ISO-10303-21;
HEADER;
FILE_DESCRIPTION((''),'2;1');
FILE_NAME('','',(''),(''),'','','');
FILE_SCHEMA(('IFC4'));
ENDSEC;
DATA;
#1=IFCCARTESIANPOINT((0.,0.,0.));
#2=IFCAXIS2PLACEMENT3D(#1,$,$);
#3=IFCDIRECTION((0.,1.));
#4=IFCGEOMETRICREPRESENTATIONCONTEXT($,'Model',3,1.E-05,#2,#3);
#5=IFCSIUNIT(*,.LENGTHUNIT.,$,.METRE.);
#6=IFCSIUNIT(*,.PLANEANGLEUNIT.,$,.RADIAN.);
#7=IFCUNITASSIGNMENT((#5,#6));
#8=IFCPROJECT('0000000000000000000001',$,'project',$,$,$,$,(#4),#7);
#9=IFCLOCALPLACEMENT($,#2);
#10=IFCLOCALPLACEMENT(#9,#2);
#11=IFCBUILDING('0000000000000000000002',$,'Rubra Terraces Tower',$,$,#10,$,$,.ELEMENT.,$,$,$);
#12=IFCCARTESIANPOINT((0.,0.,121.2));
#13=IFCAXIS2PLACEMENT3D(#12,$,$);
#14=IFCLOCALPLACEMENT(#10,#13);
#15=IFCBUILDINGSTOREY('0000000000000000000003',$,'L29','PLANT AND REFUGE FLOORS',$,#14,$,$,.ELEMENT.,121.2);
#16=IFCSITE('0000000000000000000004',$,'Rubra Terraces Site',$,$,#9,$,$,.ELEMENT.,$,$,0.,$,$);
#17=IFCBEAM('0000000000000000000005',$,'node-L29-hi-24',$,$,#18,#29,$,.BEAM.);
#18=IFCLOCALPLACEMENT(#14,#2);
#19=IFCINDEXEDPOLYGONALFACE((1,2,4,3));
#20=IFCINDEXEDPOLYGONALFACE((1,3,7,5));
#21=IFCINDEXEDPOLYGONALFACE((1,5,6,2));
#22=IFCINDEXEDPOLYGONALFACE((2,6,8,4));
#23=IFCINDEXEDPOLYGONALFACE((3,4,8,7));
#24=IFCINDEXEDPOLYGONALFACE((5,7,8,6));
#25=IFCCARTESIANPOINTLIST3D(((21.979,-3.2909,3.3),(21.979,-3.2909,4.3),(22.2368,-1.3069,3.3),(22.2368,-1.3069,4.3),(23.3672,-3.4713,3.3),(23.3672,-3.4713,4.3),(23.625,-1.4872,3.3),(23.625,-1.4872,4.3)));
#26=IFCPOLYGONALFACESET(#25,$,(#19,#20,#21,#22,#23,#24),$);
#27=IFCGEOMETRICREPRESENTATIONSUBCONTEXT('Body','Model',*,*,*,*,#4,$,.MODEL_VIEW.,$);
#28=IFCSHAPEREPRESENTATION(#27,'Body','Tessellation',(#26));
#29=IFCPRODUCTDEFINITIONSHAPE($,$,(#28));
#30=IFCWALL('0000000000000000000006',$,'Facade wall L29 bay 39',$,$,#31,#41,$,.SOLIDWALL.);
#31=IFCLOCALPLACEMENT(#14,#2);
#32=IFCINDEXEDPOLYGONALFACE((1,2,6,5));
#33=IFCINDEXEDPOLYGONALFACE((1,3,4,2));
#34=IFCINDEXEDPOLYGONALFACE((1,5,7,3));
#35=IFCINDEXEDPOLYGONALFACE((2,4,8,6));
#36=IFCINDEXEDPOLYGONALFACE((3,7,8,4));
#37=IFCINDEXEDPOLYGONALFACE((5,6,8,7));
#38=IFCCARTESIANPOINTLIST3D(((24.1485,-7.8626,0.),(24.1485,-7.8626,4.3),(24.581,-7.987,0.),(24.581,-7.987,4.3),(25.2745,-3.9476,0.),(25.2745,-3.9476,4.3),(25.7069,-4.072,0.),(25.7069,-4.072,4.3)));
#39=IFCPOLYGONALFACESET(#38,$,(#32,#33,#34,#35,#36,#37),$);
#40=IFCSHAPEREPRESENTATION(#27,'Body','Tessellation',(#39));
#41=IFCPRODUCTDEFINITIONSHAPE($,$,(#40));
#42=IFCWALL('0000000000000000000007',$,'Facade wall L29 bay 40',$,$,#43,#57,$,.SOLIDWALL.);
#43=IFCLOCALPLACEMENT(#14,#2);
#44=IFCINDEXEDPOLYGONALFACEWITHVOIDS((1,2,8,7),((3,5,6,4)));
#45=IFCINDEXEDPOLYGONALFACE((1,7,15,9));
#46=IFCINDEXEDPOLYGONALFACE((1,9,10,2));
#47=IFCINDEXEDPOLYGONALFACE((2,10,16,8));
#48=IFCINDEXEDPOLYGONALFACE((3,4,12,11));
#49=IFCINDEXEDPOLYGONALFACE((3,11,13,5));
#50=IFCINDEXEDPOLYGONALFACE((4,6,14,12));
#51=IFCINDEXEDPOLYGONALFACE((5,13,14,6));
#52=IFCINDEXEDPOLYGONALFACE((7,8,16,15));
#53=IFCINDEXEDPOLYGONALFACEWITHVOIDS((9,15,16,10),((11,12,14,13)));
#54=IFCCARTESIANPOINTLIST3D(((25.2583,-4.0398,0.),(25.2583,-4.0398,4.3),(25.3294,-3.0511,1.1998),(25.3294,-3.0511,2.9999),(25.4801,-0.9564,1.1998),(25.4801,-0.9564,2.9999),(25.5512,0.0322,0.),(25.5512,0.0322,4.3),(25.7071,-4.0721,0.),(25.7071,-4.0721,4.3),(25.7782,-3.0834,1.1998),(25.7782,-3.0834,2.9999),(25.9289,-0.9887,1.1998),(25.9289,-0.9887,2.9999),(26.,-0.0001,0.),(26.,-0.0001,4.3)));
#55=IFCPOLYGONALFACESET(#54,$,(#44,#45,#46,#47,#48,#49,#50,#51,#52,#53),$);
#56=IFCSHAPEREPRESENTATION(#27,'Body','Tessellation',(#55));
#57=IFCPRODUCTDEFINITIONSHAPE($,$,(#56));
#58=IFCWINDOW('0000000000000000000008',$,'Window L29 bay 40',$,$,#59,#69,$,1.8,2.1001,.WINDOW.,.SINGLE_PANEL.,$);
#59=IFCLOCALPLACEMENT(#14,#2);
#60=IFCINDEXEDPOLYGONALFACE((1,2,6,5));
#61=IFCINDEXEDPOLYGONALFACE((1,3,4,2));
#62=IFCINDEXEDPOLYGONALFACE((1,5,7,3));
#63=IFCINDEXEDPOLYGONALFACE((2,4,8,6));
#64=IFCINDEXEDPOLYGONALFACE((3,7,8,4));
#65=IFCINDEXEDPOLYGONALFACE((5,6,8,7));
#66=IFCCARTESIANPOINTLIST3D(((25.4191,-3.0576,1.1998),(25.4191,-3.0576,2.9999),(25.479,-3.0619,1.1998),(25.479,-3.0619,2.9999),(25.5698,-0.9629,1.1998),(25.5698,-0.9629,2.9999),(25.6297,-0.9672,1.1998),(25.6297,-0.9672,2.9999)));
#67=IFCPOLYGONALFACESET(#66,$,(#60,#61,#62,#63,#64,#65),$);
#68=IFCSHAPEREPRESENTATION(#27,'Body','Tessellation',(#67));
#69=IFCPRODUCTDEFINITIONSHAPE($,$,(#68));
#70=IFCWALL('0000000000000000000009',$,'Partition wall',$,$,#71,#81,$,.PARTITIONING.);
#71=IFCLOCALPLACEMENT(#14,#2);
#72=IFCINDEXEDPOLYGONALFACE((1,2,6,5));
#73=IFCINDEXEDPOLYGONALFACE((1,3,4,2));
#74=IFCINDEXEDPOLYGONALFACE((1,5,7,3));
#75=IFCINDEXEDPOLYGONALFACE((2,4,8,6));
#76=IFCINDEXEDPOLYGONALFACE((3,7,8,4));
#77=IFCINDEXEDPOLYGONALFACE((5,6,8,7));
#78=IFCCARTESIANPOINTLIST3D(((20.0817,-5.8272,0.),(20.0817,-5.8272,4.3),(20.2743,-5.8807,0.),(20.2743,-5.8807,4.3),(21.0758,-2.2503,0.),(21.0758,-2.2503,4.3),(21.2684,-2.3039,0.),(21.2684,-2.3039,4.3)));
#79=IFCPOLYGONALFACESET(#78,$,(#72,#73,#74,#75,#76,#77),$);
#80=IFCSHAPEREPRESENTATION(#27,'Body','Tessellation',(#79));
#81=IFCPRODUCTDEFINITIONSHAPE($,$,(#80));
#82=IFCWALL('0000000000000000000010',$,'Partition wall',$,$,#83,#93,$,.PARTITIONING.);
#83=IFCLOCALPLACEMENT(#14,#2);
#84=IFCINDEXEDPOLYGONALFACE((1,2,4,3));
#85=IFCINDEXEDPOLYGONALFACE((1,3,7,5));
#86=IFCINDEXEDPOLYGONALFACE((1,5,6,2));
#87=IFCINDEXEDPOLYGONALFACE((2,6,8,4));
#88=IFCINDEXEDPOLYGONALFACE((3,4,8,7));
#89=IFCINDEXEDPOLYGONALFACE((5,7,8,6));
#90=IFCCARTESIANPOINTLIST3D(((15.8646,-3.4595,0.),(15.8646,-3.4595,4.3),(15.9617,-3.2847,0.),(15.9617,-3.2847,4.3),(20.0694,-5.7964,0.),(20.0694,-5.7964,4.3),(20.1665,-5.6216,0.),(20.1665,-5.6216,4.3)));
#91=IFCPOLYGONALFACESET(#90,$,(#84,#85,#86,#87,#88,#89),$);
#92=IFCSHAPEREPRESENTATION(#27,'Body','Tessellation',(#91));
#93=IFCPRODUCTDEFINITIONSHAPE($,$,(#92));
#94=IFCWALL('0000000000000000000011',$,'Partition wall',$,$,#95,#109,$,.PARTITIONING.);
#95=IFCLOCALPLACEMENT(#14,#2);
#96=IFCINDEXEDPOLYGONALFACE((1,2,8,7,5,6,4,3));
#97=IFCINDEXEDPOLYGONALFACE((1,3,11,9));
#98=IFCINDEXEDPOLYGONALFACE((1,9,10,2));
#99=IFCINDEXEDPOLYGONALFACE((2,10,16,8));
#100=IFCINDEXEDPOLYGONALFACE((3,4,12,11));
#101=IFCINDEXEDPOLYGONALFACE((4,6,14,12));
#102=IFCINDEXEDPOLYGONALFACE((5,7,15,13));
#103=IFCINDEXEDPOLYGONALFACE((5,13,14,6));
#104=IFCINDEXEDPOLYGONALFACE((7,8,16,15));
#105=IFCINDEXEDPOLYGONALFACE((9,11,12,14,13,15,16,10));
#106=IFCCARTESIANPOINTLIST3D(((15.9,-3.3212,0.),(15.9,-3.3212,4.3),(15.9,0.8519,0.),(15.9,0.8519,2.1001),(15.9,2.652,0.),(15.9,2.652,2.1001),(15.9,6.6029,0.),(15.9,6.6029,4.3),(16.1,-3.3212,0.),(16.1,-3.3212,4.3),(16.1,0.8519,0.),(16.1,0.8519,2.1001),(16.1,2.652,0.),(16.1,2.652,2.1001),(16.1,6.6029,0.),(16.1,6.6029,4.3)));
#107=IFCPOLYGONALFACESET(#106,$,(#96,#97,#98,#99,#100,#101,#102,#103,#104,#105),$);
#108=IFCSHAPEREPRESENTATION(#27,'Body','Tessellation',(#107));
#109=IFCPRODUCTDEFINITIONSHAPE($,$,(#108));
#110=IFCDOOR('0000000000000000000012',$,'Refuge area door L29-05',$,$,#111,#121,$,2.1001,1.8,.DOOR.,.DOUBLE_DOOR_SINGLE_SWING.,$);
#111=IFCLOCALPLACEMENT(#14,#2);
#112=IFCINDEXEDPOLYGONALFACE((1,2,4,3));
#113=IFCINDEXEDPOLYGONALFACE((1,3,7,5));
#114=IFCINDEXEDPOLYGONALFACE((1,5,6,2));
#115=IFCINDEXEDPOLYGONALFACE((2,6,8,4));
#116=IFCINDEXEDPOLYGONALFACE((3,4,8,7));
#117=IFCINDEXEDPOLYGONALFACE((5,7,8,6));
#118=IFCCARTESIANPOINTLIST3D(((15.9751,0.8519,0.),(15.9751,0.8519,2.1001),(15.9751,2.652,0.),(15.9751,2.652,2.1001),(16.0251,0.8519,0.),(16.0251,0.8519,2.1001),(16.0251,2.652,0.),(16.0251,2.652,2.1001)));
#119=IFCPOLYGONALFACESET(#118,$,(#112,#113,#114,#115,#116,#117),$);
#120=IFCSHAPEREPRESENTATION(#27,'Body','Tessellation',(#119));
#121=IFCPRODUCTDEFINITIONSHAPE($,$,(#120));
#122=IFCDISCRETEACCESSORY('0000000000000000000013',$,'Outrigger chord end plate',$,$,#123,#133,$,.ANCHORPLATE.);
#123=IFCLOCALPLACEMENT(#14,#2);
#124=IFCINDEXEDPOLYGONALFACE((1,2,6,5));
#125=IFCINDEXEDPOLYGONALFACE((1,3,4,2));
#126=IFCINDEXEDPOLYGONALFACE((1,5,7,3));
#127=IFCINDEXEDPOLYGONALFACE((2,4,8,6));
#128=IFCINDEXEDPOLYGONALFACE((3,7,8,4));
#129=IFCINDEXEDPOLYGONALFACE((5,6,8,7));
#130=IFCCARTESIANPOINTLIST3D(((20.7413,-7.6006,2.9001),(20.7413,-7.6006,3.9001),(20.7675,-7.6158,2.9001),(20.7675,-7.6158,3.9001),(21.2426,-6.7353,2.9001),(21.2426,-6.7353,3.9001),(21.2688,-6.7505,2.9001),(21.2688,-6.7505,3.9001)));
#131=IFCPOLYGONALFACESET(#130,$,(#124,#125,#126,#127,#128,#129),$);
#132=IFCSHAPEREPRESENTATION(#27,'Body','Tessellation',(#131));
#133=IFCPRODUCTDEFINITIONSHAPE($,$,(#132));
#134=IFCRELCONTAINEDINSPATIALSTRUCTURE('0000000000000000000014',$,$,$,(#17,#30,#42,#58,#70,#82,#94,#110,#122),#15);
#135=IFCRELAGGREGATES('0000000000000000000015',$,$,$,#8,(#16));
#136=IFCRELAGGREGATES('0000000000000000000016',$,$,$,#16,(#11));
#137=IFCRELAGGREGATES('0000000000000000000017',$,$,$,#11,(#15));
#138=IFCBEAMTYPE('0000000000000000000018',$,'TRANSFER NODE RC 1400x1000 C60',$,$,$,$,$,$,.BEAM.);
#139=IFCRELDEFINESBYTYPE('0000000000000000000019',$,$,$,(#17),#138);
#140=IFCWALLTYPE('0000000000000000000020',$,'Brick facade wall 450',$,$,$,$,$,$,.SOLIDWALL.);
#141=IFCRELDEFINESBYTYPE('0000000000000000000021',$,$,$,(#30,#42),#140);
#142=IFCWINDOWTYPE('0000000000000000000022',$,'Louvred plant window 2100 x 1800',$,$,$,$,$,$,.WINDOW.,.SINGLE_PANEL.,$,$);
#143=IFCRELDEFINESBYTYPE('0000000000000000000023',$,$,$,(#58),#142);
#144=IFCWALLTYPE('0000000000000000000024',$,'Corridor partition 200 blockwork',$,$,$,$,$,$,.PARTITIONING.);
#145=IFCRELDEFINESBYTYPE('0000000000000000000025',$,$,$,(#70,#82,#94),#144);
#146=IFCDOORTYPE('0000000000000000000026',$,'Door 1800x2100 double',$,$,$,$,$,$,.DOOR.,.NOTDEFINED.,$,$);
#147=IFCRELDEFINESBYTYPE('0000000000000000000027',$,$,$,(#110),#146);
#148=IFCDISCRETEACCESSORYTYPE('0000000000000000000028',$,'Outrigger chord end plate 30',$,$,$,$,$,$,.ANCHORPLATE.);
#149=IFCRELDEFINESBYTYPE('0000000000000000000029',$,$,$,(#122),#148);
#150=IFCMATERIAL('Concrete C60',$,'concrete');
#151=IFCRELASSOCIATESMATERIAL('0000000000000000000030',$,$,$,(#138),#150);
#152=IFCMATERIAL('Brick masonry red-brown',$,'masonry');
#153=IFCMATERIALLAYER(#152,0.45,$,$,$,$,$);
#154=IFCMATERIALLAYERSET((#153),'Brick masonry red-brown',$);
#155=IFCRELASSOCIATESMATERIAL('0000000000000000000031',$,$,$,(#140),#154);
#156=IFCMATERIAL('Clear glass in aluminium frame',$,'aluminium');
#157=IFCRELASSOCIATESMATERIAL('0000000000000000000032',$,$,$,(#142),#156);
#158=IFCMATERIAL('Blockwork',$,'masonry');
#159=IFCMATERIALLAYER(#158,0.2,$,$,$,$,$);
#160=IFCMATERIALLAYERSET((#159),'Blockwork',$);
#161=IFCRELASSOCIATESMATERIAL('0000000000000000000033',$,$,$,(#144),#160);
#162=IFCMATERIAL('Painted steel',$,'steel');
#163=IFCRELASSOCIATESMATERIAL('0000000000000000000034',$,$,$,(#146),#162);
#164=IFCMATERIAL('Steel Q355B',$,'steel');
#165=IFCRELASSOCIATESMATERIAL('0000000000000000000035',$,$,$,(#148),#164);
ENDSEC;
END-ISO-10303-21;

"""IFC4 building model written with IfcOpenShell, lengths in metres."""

from ifc_helpers import new_model, si_unit, direction, frame, frame_2d, origin, origin_2d, place, context, subcontext, project, spatial, rectangle, extrude, material, layer, layer_set, material_profile, profile_set, type_object, element, fill, save


model = new_model("IFC4")

# Units and contexts
model_context = context("Model", 3, precision=1e-05, world=origin(), true_north=direction((0.0, 1.0)))
body_context = subcontext(model_context, "Body", "Model", "MODEL_VIEW")
ifc_project = project(units=[si_unit("LENGTHUNIT", "METRE"), si_unit("PLANEANGLEUNIT", "RADIAN")], contexts=[model_context])

# Site, building, storey
site_placement = place(None, origin())
site = spatial("IfcSite", under=ifc_project, at=site_placement, Name="Rubra Terraces Site", CompositionType="ELEMENT", RefElevation=0.0)
building_placement = place(site_placement, origin())
building = spatial("IfcBuilding", under=site, at=building_placement, Name="Rubra Terraces Tower", CompositionType="ELEMENT")
storey_placement = place(building_placement, frame((0.0, 0.0, 121.2)))
storey = spatial("IfcBuildingStorey", under=building, at=storey_placement, Name="L29", Description="PLANT AND REFUGE FLOORS", CompositionType="ELEMENT", Elevation=121.2)

# Shared definitions
ifc_material_1 = material(Name="Concrete C60", Category="concrete")

# Shared definitions
ifc_material_2 = material(Name="Steel Q355B", Category="steel")

# Beam
ifc_material_profile_1 = material_profile(ifc_material_1, rectangle(XDim=1.3999, YDim=1.0, at=origin_2d()), Name="RC 1400x1000")
ifc_profile_set_1 = profile_set([ifc_material_profile_1], Name="Concrete C60")
beam_type_1 = type_object("IfcBeamType", Name="TRANSFER NODE RC 1400x1000 C60", PredefinedType="BEAM", material=ifc_profile_set_1)
beam_1_placement = place(storey_placement, frame((22.6731, -3.3811, 3.8), z_axis=(0.128854, 0.991664, 0.0), x_axis=(-0.991664, 0.128854, 0.0)))
element("IfcBeam", 1, at=beam_1_placement, inside=storey, type_object=beam_type_1, Name="node-L29-hi-24", PredefinedType="BEAM", context=body_context, shape_type="SweptSolid", body=[
    extrude(rectangle(XDim=1.3999, YDim=1.0, at=origin_2d()), origin(), (0.0, 0.0, 1.0), 2.0007),
])

# Wall
ifc_material_3 = material(Name="Brick masonry red-brown", Category="masonry")
ifc_layer_1 = layer(ifc_material_3, 0.45)
ifc_layer_set_1 = layer_set([ifc_layer_1], Name="Brick masonry red-brown")
wall_type_1 = type_object("IfcWallType", Name="Brick facade wall 450", PredefinedType="SOLIDWALL", material=ifc_layer_set_1)
wall_1_placement = place(storey_placement, frame((24.3647, -7.9248, 0.0), z_axis=(0.0, 0.0, 1.0), x_axis=(0.276399, 0.961043, 0.0)))
element("IfcWall", 2, at=wall_1_placement, inside=storey, type_object=wall_type_1, Name="Facade wall L29 bay 39", PredefinedType="SOLIDWALL", context=body_context, shape_type="SweptSolid", body=[
    extrude(rectangle(XDim=4.0737, YDim=0.45, at=frame_2d((2.0369, 0.0))), origin(), (0.0, 0.0, 1.0), 4.3),
])

# Wall, opening, window
wall_2_placement = place(storey_placement, frame((25.4827, -4.0559, 0.0), z_axis=(0.0, 0.0, 1.0), x_axis=(0.071761, 0.997422, 0.0)))
wall_2 = element("IfcWall", 3, at=wall_2_placement, inside=storey, type_object=wall_type_1, Name="Facade wall L29 bay 40", PredefinedType="SOLIDWALL", context=body_context, shape_type="SweptSolid", body=[
    extrude(rectangle(XDim=4.0825, YDim=0.45, at=frame_2d((2.0413, 0.0))), origin(), (0.0, 0.0, 1.0), 4.3),
])
opening_1_placement = place(wall_2_placement, frame((0.9912, 0.0, 1.2)))
opening_1 = element("IfcOpeningElement", 4, at=opening_1_placement, cuts=wall_2, PredefinedType="OPENING", context=body_context, shape_type="SweptSolid", body=[
    extrude(rectangle(XDim=2.1001, YDim=1.8, at=frame_2d((1.05, 0.8999))), frame((0.0, 0.2349, 0.0), z_axis=(0.0, -1.0, 0.0), x_axis=(1.0, 0.0, 0.0)), (0.0, 0.0, 1.0), 0.47),
])
ifc_material_4 = material(Name="Clear glass in aluminium frame", Category="aluminium")
window_type = type_object("IfcWindowType", Name="Louvred plant window 2100 x 1800", PartitioningType="SINGLE_PANEL", PredefinedType="WINDOW", material=ifc_material_4)
window_placement = place(opening_1_placement, origin())
window = element("IfcWindow", 5, at=window_placement, inside=storey, type_object=window_type, Name="Window L29 bay 40", OverallHeight=1.8, OverallWidth=2.1001, PartitioningType="SINGLE_PANEL", PredefinedType="WINDOW", context=body_context, shape_type="SweptSolid", body=[
    extrude(rectangle(XDim=2.1001, YDim=1.8, at=frame_2d((1.05, 0.8999))), frame((0.0, 0.135, 0.0), z_axis=(0.0, -1.0, 0.0), x_axis=(1.0, 0.0, 0.0)), (0.0, 0.0, 1.0), 0.0601),
])
fill(opening_1, window)

# Walls
ifc_material_5 = material(Name="Blockwork", Category="masonry")
ifc_layer_2 = layer(ifc_material_5, 0.2)
ifc_layer_set_2 = layer_set([ifc_layer_2], Name="Blockwork")
wall_type_2 = type_object("IfcWallType", Name="Corridor partition 200 blockwork", PredefinedType="PARTITIONING", material=ifc_layer_set_2)
wall_3_placement = place(storey_placement, frame((21.1721, -2.2771, 0.0), z_axis=(0.0, 0.0, 1.0), x_axis=(-0.267783, -0.963479, 0.0)))
element("IfcWall", 6, at=wall_3_placement, inside=storey, type_object=wall_type_2, Name="Partition wall", PredefinedType="PARTITIONING", context=body_context, shape_type="SweptSolid", body=[
    extrude(rectangle(XDim=3.7124, YDim=0.2, at=frame_2d((1.8562, 0.0))), origin(), (0.0, 0.0, 1.0), 4.3),
])
wall_4_placement = place(storey_placement, frame((20.1179, -5.709, 0.0), z_axis=(0.0, 0.0, 1.0), x_axis=(-0.874078, 0.485785, 0.0)))
element("IfcWall", 7, at=wall_4_placement, inside=storey, type_object=wall_type_2, Name="Partition wall", PredefinedType="PARTITIONING", context=body_context, shape_type="SweptSolid", body=[
    extrude(rectangle(XDim=4.8105, YDim=0.2, at=frame_2d((2.4053, 0.0))), origin(), (0.0, 0.0, 1.0), 4.3),
])

# Wall, opening, door
wall_5_placement = place(storey_placement, frame((16.0, -3.321, 0.0), z_axis=(0.0, 0.0, 1.0), x_axis=(0.0, 1.0, 0.0)))
wall_5 = element("IfcWall", 8, at=wall_5_placement, inside=storey, type_object=wall_type_2, Name="Partition wall", PredefinedType="PARTITIONING", context=body_context, shape_type="SweptSolid", body=[
    extrude(rectangle(XDim=9.9241, YDim=0.2, at=frame_2d((4.9619, 0.0))), origin(), (0.0, 0.0, 1.0), 4.3),
])
opening_2_placement = place(wall_5_placement, frame((4.1731, 0.0, 0.0)))
opening_2 = element("IfcOpeningElement", 9, at=opening_2_placement, cuts=wall_5, PredefinedType="OPENING", context=body_context, shape_type="SweptSolid", body=[
    extrude(rectangle(XDim=1.8, YDim=2.1001, at=frame_2d((0.8999, 1.05))), frame((0.0, 0.1099, 0.0), z_axis=(0.0, -1.0, 0.0), x_axis=(1.0, 0.0, 0.0)), (0.0, 0.0, 1.0), 0.22),
])
ifc_material_6 = material(Name="Painted steel", Category="steel")
door_type = type_object("IfcDoorType", Name="Door 1800x2100 double", OperationType="NOTDEFINED", PredefinedType="DOOR", material=ifc_material_6)
door_placement = place(opening_2_placement, origin())
door = element("IfcDoor", 10, at=door_placement, inside=storey, type_object=door_type, Name="Refuge area door L29-05", OperationType="DOUBLE_DOOR_SINGLE_SWING", OverallHeight=2.1001, OverallWidth=1.8, PredefinedType="DOOR", context=body_context, shape_type="SweptSolid", body=[
    extrude(rectangle(XDim=1.8, YDim=2.1001, at=frame_2d((0.8999, 1.05))), frame((0.0, 0.0249, 0.0), z_axis=(0.0, -1.0, 0.0), x_axis=(1.0, 0.0, 0.0)), (0.0, 0.0, 1.0), 0.05),
])
fill(opening_2, door)

# Discrete accessory
ifc_material_profile_2 = material_profile(ifc_material_2, rectangle(XDim=1.0, YDim=1.0, at=origin_2d()), Name="PL 1000x1000x30")
ifc_profile_set_2 = profile_set([ifc_material_profile_2], Name="Steel Q355B")
discrete_accessory_type = type_object("IfcDiscreteAccessoryType", Name="Outrigger chord end plate 30", PredefinedType="ANCHORPLATE", material=ifc_profile_set_2)
discrete_accessory_placement = place(storey_placement, frame((20.9919, -7.168, 3.4001), z_axis=(0.865242, -0.501355, 0.0), x_axis=(0.501355, 0.865242, 0.0)))
element("IfcDiscreteAccessory", 11, at=discrete_accessory_placement, inside=storey, type_object=discrete_accessory_type, Name="Outrigger chord end plate", PredefinedType="ANCHORPLATE", context=body_context, shape_type="SweptSolid", body=[
    extrude(rectangle(XDim=1.0, YDim=1.0, at=origin_2d()), origin(), (0.0, 0.0, 1.0), 0.0303),
])

save(model, "model.ifc")
